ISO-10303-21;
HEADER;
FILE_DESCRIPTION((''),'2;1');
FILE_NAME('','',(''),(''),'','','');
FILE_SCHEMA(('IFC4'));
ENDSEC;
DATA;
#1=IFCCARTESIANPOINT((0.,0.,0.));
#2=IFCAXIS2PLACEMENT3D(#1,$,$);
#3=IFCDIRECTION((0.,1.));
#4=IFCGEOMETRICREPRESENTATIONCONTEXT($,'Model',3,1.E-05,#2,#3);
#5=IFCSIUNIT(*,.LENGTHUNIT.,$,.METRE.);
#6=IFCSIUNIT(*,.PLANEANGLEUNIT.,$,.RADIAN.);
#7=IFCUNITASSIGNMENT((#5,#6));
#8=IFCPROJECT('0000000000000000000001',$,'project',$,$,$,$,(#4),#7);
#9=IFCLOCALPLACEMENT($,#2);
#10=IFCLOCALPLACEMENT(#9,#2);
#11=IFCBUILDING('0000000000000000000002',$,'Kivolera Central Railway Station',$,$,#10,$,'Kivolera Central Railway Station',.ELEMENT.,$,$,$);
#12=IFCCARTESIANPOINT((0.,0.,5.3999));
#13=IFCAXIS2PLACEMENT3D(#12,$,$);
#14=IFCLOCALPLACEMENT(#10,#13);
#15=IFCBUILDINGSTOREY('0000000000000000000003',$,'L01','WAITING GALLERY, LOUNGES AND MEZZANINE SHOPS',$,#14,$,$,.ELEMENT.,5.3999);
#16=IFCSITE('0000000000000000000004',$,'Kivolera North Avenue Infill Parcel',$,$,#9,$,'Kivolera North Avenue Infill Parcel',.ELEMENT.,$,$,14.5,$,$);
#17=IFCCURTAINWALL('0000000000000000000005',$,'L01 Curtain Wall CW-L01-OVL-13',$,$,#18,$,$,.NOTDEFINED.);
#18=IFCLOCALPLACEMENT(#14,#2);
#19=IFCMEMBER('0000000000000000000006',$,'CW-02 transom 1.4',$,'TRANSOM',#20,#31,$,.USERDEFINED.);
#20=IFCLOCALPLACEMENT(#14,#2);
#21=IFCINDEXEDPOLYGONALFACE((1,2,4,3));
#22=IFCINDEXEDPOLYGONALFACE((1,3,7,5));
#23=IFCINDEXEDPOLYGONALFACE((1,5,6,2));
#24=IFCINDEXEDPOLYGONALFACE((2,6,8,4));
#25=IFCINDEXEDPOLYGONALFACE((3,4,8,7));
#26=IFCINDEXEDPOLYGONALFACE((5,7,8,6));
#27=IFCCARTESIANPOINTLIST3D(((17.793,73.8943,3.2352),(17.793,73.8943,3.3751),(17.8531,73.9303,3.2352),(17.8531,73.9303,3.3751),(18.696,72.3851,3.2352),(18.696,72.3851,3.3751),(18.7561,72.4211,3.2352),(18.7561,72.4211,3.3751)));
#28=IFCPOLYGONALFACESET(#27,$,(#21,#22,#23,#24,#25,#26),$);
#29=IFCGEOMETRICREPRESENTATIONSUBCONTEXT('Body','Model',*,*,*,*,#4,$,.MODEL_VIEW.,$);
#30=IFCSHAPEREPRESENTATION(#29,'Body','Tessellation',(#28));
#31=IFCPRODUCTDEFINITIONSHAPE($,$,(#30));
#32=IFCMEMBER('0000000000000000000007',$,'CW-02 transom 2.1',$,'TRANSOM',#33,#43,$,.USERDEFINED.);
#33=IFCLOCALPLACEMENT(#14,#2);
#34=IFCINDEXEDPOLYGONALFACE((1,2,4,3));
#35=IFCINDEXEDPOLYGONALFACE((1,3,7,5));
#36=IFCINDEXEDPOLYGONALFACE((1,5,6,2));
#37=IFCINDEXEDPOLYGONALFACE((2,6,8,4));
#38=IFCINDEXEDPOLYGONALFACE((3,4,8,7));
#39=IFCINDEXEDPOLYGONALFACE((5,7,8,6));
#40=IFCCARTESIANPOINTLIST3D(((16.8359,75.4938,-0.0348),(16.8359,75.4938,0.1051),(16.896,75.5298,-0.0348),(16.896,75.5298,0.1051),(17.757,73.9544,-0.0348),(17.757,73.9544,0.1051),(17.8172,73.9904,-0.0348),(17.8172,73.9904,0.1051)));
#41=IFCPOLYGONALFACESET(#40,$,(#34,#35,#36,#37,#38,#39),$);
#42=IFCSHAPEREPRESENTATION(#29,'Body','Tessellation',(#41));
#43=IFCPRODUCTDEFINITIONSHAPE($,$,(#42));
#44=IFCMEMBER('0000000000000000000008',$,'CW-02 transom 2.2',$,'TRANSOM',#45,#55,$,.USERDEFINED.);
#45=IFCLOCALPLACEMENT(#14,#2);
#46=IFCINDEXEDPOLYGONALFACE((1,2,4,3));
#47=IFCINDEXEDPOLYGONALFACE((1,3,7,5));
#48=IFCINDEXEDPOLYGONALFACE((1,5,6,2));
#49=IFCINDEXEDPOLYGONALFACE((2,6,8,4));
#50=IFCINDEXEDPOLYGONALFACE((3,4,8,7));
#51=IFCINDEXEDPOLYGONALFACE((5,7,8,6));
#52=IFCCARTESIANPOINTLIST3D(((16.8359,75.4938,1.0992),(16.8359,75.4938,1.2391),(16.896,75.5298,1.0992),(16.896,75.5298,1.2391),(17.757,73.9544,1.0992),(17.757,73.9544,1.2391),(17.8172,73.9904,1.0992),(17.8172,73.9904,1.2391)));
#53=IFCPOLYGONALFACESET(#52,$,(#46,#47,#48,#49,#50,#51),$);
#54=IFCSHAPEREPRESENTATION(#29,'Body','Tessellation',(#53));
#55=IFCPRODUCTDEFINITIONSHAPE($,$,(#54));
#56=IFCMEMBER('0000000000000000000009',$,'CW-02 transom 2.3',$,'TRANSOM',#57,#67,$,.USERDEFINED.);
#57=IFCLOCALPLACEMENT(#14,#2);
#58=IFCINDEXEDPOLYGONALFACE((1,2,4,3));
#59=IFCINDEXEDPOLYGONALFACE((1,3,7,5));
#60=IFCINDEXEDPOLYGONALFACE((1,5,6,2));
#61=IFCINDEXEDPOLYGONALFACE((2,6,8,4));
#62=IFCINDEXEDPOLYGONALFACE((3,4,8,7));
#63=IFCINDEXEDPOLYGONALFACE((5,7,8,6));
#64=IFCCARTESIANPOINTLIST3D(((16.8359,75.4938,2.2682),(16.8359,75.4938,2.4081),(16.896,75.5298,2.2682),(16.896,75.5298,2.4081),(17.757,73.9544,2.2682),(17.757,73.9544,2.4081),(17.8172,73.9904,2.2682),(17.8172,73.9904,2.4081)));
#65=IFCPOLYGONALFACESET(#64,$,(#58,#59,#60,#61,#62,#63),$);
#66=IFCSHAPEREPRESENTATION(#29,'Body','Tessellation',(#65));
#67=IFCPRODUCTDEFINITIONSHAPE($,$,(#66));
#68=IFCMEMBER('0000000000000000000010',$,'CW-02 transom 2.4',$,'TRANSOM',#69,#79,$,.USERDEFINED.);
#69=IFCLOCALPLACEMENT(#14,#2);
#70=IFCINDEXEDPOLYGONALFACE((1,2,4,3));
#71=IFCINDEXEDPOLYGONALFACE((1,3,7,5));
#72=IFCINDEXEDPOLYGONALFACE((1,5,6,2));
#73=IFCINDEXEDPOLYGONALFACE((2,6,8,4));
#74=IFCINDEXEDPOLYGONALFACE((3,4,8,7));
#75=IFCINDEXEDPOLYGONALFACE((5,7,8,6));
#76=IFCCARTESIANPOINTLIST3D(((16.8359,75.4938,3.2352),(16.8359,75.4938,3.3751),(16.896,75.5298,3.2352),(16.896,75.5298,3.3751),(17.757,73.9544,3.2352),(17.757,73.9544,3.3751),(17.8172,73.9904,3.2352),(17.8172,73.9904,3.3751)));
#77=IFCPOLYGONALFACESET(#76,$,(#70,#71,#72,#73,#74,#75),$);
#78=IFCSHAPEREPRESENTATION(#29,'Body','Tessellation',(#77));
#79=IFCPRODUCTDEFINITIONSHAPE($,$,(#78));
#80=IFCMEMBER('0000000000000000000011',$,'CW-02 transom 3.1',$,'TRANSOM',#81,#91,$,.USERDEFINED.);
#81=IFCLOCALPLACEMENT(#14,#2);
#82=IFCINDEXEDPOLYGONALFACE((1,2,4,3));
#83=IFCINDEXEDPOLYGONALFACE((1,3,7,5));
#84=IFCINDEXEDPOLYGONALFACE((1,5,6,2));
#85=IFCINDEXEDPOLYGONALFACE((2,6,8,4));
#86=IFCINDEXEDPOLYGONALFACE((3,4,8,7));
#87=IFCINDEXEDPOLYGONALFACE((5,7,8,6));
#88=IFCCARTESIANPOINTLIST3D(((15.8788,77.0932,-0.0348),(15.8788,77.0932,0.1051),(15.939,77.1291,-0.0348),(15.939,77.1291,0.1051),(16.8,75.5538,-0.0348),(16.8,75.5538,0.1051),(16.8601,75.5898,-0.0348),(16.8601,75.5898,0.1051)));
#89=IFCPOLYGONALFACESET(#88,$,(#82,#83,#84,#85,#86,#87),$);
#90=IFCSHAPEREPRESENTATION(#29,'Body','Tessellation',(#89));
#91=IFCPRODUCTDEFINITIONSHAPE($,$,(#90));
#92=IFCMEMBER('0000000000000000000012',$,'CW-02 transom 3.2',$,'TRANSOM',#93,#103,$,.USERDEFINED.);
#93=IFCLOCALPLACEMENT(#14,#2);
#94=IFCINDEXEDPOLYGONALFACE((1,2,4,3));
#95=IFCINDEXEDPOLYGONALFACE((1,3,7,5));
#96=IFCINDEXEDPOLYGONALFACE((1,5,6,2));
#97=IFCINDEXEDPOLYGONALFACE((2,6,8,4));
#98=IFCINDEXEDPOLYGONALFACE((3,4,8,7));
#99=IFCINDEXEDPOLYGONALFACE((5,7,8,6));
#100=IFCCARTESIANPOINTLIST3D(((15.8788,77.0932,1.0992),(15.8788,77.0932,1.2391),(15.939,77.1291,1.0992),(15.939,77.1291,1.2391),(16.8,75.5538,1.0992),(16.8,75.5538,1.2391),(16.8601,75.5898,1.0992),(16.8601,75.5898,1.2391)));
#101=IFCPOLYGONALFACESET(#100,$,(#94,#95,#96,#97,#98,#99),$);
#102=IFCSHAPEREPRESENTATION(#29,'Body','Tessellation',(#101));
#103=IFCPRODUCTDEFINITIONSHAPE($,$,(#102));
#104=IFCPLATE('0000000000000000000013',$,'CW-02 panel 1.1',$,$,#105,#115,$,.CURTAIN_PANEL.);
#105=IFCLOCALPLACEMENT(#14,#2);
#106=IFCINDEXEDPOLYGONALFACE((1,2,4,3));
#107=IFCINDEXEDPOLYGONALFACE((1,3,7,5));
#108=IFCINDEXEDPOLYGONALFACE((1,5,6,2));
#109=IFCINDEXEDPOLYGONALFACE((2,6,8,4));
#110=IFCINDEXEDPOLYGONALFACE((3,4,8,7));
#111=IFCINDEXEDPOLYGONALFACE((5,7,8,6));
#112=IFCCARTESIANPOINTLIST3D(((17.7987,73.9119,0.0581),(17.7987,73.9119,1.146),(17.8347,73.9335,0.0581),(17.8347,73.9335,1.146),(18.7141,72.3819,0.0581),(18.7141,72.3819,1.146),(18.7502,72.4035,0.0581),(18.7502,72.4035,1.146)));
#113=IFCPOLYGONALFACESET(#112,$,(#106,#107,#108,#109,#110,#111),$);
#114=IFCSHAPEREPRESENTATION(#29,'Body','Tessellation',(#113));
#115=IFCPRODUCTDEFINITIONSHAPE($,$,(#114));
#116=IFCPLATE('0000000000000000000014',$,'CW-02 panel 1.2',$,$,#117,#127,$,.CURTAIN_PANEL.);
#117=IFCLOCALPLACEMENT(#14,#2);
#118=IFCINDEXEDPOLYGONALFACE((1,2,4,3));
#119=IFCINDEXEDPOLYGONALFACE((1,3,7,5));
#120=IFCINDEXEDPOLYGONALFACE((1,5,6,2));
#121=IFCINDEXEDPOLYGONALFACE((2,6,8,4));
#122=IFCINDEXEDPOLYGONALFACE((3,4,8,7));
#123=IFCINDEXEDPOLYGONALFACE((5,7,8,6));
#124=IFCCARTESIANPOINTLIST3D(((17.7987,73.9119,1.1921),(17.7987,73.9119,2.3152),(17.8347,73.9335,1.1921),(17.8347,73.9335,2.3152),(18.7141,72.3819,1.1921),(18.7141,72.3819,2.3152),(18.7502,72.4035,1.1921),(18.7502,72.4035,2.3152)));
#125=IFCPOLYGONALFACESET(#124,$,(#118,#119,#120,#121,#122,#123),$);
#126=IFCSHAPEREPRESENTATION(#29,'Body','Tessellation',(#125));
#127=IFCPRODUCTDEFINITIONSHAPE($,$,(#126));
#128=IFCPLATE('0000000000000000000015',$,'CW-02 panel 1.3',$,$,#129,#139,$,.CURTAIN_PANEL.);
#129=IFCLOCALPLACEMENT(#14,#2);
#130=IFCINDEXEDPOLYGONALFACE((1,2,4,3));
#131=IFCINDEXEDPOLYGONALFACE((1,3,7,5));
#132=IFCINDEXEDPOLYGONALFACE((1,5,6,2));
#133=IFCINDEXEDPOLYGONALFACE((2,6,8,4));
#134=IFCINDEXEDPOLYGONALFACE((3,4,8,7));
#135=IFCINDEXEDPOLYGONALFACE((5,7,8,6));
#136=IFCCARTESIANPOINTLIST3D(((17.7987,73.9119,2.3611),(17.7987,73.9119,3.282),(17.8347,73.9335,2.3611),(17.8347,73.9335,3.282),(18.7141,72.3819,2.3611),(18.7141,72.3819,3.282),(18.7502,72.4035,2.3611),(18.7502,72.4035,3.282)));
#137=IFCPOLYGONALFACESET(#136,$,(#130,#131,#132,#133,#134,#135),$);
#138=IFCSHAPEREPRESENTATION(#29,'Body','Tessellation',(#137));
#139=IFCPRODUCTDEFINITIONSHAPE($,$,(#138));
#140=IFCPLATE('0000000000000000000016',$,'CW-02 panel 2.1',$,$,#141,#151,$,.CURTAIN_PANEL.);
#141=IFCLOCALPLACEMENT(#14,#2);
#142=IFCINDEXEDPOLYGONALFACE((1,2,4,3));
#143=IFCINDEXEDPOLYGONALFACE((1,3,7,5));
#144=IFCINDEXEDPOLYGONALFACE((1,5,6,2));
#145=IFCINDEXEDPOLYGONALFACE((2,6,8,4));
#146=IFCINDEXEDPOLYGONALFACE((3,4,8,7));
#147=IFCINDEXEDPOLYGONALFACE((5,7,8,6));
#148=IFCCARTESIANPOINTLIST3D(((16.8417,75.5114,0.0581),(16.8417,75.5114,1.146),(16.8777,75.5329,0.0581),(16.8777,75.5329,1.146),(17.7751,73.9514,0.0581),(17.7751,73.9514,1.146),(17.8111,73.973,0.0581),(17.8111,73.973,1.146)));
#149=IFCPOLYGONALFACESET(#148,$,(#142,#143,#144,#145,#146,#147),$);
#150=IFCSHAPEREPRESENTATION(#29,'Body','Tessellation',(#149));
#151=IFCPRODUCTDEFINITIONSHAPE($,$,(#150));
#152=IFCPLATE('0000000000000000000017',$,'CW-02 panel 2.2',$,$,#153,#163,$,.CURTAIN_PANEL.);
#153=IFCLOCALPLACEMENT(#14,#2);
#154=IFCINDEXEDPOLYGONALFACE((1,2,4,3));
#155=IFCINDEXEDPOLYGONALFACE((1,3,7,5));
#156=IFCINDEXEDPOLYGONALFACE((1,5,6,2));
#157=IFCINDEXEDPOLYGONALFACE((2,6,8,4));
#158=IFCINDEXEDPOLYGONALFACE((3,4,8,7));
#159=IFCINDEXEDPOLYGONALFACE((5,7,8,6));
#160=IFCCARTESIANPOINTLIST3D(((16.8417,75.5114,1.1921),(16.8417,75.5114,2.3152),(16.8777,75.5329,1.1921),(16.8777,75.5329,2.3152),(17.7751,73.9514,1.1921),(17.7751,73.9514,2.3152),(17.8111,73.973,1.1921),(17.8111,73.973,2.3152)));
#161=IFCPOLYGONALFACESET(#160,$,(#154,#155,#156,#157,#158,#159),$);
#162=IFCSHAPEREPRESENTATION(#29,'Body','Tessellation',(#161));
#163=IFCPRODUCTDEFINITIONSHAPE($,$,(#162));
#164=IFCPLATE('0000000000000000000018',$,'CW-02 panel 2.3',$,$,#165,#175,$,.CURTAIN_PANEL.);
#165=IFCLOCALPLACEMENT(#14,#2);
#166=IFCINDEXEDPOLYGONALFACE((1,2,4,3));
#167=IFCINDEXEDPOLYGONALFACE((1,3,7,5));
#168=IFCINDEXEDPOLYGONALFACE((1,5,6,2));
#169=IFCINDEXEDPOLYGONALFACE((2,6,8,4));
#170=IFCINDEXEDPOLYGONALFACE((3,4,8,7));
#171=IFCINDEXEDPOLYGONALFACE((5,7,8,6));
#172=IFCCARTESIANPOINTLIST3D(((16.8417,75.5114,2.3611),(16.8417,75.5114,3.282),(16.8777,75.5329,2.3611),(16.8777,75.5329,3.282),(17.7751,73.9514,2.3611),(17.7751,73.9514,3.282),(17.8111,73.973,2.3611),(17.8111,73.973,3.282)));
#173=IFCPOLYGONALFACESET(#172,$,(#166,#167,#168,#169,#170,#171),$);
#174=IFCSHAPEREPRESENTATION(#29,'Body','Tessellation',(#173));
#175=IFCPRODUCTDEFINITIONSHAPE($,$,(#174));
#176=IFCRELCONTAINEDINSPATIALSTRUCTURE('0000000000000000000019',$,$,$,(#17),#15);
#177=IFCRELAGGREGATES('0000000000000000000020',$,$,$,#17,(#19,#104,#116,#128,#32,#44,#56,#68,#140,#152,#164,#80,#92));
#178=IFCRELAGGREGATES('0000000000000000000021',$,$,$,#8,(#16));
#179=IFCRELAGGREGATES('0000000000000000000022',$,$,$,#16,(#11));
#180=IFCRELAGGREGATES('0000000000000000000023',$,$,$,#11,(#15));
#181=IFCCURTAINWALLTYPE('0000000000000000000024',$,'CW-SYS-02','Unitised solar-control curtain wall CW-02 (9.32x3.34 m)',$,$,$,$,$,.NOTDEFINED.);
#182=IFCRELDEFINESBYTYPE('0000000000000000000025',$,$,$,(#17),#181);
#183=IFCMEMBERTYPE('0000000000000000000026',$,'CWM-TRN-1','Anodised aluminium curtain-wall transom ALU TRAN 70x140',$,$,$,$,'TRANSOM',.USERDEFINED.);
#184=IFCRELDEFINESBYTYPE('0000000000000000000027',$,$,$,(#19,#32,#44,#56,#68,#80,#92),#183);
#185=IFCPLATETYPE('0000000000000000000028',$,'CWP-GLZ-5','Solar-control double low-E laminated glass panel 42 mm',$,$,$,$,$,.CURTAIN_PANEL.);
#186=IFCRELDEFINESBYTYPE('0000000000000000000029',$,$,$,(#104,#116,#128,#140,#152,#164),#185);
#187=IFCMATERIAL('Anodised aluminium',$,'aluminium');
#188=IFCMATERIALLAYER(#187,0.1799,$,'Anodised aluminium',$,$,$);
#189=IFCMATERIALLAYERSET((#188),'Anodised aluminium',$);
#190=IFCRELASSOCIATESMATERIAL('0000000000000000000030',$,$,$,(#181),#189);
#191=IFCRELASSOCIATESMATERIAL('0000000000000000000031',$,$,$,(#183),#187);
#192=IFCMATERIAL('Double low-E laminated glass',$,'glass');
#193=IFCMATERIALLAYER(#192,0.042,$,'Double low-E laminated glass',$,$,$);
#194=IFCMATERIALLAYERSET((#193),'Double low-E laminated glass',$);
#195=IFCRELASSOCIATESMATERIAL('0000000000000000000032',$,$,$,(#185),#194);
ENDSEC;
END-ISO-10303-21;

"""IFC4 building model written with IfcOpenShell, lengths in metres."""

from ifc_helpers import new_model, si_unit, direction, frame, origin, origin_2d, place, context, subcontext, project, spatial, rectangle, extrude, material, layer, layer_set, material_profile, profile_set, type_object, element, aggregate, save


model = new_model("IFC4")

# Units and contexts
model_context = context("Model", 3, precision=1e-05, world=origin(), true_north=direction((0.0, 1.0)))
body_context = subcontext(model_context, "Body", "Model", "MODEL_VIEW")
ifc_project = project(units=[si_unit("LENGTHUNIT", "METRE"), si_unit("PLANEANGLEUNIT", "RADIAN")], contexts=[model_context])

# Site, building, storey
site_placement = place(None, origin())
site = spatial("IfcSite", under=ifc_project, at=site_placement, Name="Kivolera North Avenue Infill Parcel", LongName="Kivolera North Avenue Infill Parcel", CompositionType="ELEMENT", RefElevation=14.5)
building_placement = place(site_placement, origin())
building = spatial("IfcBuilding", under=site, at=building_placement, Name="Kivolera Central Railway Station", LongName="Kivolera Central Railway Station", CompositionType="ELEMENT")
storey_placement = place(building_placement, frame((0.0, 0.0, 5.3999)))
storey = spatial("IfcBuildingStorey", under=building, at=storey_placement, Name="L01", Description="WAITING GALLERY, LOUNGES AND MEZZANINE SHOPS", CompositionType="ELEMENT", Elevation=5.3999)

# Curtain wall
ifc_material_1 = material(Name="Anodised aluminium", Category="aluminium")
ifc_layer_1 = layer(ifc_material_1, 0.1799, Name="Anodised aluminium")
ifc_layer_set_1 = layer_set([ifc_layer_1], Name="Anodised aluminium")
curtain_wall_type_1 = type_object("IfcCurtainWallType", Name="CW-SYS-02", Description="Unitised solar-control curtain wall CW-02 (9.32x3.34 m)", PredefinedType="NOTDEFINED", material=ifc_layer_set_1)
curtain_wall_1_placement = place(storey_placement, origin())
curtain_wall_1 = element("IfcCurtainWall", 1, at=curtain_wall_1_placement, inside=storey, type_object=curtain_wall_type_1, Name="L01 Curtain Wall CW-L01-OVL-13", PredefinedType="NOTDEFINED")

# Members
ifc_material_profile_1 = material_profile(ifc_material_1, rectangle(XDim=0.0701, YDim=0.1399, at=origin_2d()), Name="ALU TRAN 70x140")
ifc_profile_set_1 = profile_set([ifc_material_profile_1], Name="Anodised aluminium")
member_type_1 = type_object("IfcMemberType", Name="CWM-TRN-1", Description="Anodised aluminium curtain-wall transom ALU TRAN 70x140", ElementType="TRANSOM", PredefinedType="USERDEFINED", material=ifc_profile_set_1)
member_1_placement = place(storey_placement, frame((18.7261, 72.4031, 3.3052), z_axis=(-0.513454, 0.858117, 0.0), x_axis=(-0.858117, -0.513454, 0.0)))
member_1 = element("IfcMember", 2, at=member_1_placement, type_object=member_type_1, Name="CW-02 transom 1.4", ObjectType="TRANSOM", PredefinedType="USERDEFINED", context=body_context, shape_type="SweptSolid", body=[
    extrude(rectangle(XDim=0.0701, YDim=0.1399, at=origin_2d()), origin(), (0.0, 0.0, 1.0), 1.7588),
])
member_2_placement = place(storey_placement, frame((17.7871, 73.9724, 0.0352), z_axis=(-0.513495, 0.858093, 0.0), x_axis=(-0.858093, -0.513495, 0.0)))
member_2 = element("IfcMember", 3, at=member_2_placement, type_object=member_type_1, Name="CW-02 transom 2.1", ObjectType="TRANSOM", PredefinedType="USERDEFINED", context=body_context, shape_type="SweptSolid", body=[
    extrude(rectangle(XDim=0.0701, YDim=0.1399, at=origin_2d()), origin(), (0.0, 0.0, 1.0), 1.7939),
])
member_3_placement = place(storey_placement, frame((17.7871, 73.9724, 1.1692), z_axis=(-0.513495, 0.858093, 0.0), x_axis=(-0.858093, -0.513495, 0.0)))
member_3 = element("IfcMember", 4, at=member_3_placement, type_object=member_type_1, Name="CW-02 transom 2.2", ObjectType="TRANSOM", PredefinedType="USERDEFINED", context=body_context, shape_type="SweptSolid", body=[
    extrude(rectangle(XDim=0.0701, YDim=0.1399, at=origin_2d()), origin(), (0.0, 0.0, 1.0), 1.7939),
])
member_4_placement = place(storey_placement, frame((17.7871, 73.9724, 2.3381), z_axis=(-0.513495, 0.858093, 0.0), x_axis=(-0.858093, -0.513495, 0.0)))
member_4 = element("IfcMember", 5, at=member_4_placement, type_object=member_type_1, Name="CW-02 transom 2.3", ObjectType="TRANSOM", PredefinedType="USERDEFINED", context=body_context, shape_type="SweptSolid", body=[
    extrude(rectangle(XDim=0.0701, YDim=0.1399, at=origin_2d()), origin(), (0.0, 0.0, 1.0), 1.7939),
])
member_5_placement = place(storey_placement, frame((17.7871, 73.9724, 3.3052), z_axis=(-0.513495, 0.858093, 0.0), x_axis=(-0.858093, -0.513495, 0.0)))
member_5 = element("IfcMember", 6, at=member_5_placement, type_object=member_type_1, Name="CW-02 transom 2.4", ObjectType="TRANSOM", PredefinedType="USERDEFINED", context=body_context, shape_type="SweptSolid", body=[
    extrude(rectangle(XDim=0.0701, YDim=0.1399, at=origin_2d()), origin(), (0.0, 0.0, 1.0), 1.7939),
])
member_6_placement = place(storey_placement, frame((16.8301, 75.5718, 0.0352), z_axis=(-0.513495, 0.858093, 0.0), x_axis=(-0.858093, -0.513495, 0.0)))
member_6 = element("IfcMember", 7, at=member_6_placement, type_object=member_type_1, Name="CW-02 transom 3.1", ObjectType="TRANSOM", PredefinedType="USERDEFINED", context=body_context, shape_type="SweptSolid", body=[
    extrude(rectangle(XDim=0.0701, YDim=0.1399, at=origin_2d()), origin(), (0.0, 0.0, 1.0), 1.7939),
])
member_7_placement = place(storey_placement, frame((16.8301, 75.5718, 1.1692), z_axis=(-0.513495, 0.858093, 0.0), x_axis=(-0.858093, -0.513495, 0.0)))
member_7 = element("IfcMember", 8, at=member_7_placement, type_object=member_type_1, Name="CW-02 transom 3.2", ObjectType="TRANSOM", PredefinedType="USERDEFINED", context=body_context, shape_type="SweptSolid", body=[
    extrude(rectangle(XDim=0.0701, YDim=0.1399, at=origin_2d()), origin(), (0.0, 0.0, 1.0), 1.7939),
])

# Plates
ifc_material_2 = material(Name="Double low-E laminated glass", Category="glass")
ifc_layer_2 = layer(ifc_material_2, 0.042, Name="Double low-E laminated glass")
ifc_layer_set_2 = layer_set([ifc_layer_2], Name="Double low-E laminated glass")
plate_type = type_object("IfcPlateType", Name="CWP-GLZ-5", Description="Solar-control double low-E laminated glass panel 42 mm", PredefinedType="CURTAIN_PANEL", material=ifc_layer_set_2)
plate_1_placement = place(storey_placement, frame((18.2744, 73.1577, 0.0581), z_axis=(0.0, 0.0, 1.0), x_axis=(-0.513454, 0.858117, 0.0)))
plate_1 = element("IfcPlate", 9, at=plate_1_placement, type_object=plate_type, Name="CW-02 panel 1.1", PredefinedType="CURTAIN_PANEL", context=body_context, shape_type="SweptSolid", body=[
    extrude(rectangle(XDim=1.783, YDim=0.042, at=origin_2d()), origin(), (0.0, 0.0, 1.0), 1.0879),
])
plate_2_placement = place(storey_placement, frame((18.2744, 73.1577, 1.1921), z_axis=(0.0, 0.0, 1.0), x_axis=(-0.513454, 0.858117, 0.0)))
plate_2 = element("IfcPlate", 10, at=plate_2_placement, type_object=plate_type, Name="CW-02 panel 1.2", PredefinedType="CURTAIN_PANEL", context=body_context, shape_type="SweptSolid", body=[
    extrude(rectangle(XDim=1.783, YDim=0.042, at=origin_2d()), origin(), (0.0, 0.0, 1.0), 1.123),
])
plate_3_placement = place(storey_placement, frame((18.2744, 73.1577, 2.3611), z_axis=(0.0, 0.0, 1.0), x_axis=(-0.513454, 0.858117, 0.0)))
plate_3 = element("IfcPlate", 11, at=plate_3_placement, type_object=plate_type, Name="CW-02 panel 1.3", PredefinedType="CURTAIN_PANEL", context=body_context, shape_type="SweptSolid", body=[
    extrude(rectangle(XDim=1.783, YDim=0.042, at=origin_2d()), origin(), (0.0, 0.0, 1.0), 0.9209),
])
plate_4_placement = place(storey_placement, frame((17.3264, 74.7422, 0.0581), z_axis=(0.0, 0.0, 1.0), x_axis=(-0.513454, 0.858117, 0.0)))
plate_4 = element("IfcPlate", 12, at=plate_4_placement, type_object=plate_type, Name="CW-02 panel 2.1", PredefinedType="CURTAIN_PANEL", context=body_context, shape_type="SweptSolid", body=[
    extrude(rectangle(XDim=1.8179, YDim=0.042, at=origin_2d()), origin(), (0.0, 0.0, 1.0), 1.0879),
])
plate_5_placement = place(storey_placement, frame((17.3264, 74.7422, 1.1921), z_axis=(0.0, 0.0, 1.0), x_axis=(-0.513454, 0.858117, 0.0)))
plate_5 = element("IfcPlate", 13, at=plate_5_placement, type_object=plate_type, Name="CW-02 panel 2.2", PredefinedType="CURTAIN_PANEL", context=body_context, shape_type="SweptSolid", body=[
    extrude(rectangle(XDim=1.8179, YDim=0.042, at=origin_2d()), origin(), (0.0, 0.0, 1.0), 1.123),
])
plate_6_placement = place(storey_placement, frame((17.3264, 74.7422, 2.3611), z_axis=(0.0, 0.0, 1.0), x_axis=(-0.513454, 0.858117, 0.0)))
plate_6 = element("IfcPlate", 14, at=plate_6_placement, type_object=plate_type, Name="CW-02 panel 2.3", PredefinedType="CURTAIN_PANEL", context=body_context, shape_type="SweptSolid", body=[
    extrude(rectangle(XDim=1.8179, YDim=0.042, at=origin_2d()), origin(), (0.0, 0.0, 1.0), 0.9209),
])
aggregate(curtain_wall_1, [member_1, plate_1, plate_2, plate_3, member_2, member_3, member_4, member_5, plate_4, plate_5, plate_6, member_6, member_7])

save(model, "model.ifc")
